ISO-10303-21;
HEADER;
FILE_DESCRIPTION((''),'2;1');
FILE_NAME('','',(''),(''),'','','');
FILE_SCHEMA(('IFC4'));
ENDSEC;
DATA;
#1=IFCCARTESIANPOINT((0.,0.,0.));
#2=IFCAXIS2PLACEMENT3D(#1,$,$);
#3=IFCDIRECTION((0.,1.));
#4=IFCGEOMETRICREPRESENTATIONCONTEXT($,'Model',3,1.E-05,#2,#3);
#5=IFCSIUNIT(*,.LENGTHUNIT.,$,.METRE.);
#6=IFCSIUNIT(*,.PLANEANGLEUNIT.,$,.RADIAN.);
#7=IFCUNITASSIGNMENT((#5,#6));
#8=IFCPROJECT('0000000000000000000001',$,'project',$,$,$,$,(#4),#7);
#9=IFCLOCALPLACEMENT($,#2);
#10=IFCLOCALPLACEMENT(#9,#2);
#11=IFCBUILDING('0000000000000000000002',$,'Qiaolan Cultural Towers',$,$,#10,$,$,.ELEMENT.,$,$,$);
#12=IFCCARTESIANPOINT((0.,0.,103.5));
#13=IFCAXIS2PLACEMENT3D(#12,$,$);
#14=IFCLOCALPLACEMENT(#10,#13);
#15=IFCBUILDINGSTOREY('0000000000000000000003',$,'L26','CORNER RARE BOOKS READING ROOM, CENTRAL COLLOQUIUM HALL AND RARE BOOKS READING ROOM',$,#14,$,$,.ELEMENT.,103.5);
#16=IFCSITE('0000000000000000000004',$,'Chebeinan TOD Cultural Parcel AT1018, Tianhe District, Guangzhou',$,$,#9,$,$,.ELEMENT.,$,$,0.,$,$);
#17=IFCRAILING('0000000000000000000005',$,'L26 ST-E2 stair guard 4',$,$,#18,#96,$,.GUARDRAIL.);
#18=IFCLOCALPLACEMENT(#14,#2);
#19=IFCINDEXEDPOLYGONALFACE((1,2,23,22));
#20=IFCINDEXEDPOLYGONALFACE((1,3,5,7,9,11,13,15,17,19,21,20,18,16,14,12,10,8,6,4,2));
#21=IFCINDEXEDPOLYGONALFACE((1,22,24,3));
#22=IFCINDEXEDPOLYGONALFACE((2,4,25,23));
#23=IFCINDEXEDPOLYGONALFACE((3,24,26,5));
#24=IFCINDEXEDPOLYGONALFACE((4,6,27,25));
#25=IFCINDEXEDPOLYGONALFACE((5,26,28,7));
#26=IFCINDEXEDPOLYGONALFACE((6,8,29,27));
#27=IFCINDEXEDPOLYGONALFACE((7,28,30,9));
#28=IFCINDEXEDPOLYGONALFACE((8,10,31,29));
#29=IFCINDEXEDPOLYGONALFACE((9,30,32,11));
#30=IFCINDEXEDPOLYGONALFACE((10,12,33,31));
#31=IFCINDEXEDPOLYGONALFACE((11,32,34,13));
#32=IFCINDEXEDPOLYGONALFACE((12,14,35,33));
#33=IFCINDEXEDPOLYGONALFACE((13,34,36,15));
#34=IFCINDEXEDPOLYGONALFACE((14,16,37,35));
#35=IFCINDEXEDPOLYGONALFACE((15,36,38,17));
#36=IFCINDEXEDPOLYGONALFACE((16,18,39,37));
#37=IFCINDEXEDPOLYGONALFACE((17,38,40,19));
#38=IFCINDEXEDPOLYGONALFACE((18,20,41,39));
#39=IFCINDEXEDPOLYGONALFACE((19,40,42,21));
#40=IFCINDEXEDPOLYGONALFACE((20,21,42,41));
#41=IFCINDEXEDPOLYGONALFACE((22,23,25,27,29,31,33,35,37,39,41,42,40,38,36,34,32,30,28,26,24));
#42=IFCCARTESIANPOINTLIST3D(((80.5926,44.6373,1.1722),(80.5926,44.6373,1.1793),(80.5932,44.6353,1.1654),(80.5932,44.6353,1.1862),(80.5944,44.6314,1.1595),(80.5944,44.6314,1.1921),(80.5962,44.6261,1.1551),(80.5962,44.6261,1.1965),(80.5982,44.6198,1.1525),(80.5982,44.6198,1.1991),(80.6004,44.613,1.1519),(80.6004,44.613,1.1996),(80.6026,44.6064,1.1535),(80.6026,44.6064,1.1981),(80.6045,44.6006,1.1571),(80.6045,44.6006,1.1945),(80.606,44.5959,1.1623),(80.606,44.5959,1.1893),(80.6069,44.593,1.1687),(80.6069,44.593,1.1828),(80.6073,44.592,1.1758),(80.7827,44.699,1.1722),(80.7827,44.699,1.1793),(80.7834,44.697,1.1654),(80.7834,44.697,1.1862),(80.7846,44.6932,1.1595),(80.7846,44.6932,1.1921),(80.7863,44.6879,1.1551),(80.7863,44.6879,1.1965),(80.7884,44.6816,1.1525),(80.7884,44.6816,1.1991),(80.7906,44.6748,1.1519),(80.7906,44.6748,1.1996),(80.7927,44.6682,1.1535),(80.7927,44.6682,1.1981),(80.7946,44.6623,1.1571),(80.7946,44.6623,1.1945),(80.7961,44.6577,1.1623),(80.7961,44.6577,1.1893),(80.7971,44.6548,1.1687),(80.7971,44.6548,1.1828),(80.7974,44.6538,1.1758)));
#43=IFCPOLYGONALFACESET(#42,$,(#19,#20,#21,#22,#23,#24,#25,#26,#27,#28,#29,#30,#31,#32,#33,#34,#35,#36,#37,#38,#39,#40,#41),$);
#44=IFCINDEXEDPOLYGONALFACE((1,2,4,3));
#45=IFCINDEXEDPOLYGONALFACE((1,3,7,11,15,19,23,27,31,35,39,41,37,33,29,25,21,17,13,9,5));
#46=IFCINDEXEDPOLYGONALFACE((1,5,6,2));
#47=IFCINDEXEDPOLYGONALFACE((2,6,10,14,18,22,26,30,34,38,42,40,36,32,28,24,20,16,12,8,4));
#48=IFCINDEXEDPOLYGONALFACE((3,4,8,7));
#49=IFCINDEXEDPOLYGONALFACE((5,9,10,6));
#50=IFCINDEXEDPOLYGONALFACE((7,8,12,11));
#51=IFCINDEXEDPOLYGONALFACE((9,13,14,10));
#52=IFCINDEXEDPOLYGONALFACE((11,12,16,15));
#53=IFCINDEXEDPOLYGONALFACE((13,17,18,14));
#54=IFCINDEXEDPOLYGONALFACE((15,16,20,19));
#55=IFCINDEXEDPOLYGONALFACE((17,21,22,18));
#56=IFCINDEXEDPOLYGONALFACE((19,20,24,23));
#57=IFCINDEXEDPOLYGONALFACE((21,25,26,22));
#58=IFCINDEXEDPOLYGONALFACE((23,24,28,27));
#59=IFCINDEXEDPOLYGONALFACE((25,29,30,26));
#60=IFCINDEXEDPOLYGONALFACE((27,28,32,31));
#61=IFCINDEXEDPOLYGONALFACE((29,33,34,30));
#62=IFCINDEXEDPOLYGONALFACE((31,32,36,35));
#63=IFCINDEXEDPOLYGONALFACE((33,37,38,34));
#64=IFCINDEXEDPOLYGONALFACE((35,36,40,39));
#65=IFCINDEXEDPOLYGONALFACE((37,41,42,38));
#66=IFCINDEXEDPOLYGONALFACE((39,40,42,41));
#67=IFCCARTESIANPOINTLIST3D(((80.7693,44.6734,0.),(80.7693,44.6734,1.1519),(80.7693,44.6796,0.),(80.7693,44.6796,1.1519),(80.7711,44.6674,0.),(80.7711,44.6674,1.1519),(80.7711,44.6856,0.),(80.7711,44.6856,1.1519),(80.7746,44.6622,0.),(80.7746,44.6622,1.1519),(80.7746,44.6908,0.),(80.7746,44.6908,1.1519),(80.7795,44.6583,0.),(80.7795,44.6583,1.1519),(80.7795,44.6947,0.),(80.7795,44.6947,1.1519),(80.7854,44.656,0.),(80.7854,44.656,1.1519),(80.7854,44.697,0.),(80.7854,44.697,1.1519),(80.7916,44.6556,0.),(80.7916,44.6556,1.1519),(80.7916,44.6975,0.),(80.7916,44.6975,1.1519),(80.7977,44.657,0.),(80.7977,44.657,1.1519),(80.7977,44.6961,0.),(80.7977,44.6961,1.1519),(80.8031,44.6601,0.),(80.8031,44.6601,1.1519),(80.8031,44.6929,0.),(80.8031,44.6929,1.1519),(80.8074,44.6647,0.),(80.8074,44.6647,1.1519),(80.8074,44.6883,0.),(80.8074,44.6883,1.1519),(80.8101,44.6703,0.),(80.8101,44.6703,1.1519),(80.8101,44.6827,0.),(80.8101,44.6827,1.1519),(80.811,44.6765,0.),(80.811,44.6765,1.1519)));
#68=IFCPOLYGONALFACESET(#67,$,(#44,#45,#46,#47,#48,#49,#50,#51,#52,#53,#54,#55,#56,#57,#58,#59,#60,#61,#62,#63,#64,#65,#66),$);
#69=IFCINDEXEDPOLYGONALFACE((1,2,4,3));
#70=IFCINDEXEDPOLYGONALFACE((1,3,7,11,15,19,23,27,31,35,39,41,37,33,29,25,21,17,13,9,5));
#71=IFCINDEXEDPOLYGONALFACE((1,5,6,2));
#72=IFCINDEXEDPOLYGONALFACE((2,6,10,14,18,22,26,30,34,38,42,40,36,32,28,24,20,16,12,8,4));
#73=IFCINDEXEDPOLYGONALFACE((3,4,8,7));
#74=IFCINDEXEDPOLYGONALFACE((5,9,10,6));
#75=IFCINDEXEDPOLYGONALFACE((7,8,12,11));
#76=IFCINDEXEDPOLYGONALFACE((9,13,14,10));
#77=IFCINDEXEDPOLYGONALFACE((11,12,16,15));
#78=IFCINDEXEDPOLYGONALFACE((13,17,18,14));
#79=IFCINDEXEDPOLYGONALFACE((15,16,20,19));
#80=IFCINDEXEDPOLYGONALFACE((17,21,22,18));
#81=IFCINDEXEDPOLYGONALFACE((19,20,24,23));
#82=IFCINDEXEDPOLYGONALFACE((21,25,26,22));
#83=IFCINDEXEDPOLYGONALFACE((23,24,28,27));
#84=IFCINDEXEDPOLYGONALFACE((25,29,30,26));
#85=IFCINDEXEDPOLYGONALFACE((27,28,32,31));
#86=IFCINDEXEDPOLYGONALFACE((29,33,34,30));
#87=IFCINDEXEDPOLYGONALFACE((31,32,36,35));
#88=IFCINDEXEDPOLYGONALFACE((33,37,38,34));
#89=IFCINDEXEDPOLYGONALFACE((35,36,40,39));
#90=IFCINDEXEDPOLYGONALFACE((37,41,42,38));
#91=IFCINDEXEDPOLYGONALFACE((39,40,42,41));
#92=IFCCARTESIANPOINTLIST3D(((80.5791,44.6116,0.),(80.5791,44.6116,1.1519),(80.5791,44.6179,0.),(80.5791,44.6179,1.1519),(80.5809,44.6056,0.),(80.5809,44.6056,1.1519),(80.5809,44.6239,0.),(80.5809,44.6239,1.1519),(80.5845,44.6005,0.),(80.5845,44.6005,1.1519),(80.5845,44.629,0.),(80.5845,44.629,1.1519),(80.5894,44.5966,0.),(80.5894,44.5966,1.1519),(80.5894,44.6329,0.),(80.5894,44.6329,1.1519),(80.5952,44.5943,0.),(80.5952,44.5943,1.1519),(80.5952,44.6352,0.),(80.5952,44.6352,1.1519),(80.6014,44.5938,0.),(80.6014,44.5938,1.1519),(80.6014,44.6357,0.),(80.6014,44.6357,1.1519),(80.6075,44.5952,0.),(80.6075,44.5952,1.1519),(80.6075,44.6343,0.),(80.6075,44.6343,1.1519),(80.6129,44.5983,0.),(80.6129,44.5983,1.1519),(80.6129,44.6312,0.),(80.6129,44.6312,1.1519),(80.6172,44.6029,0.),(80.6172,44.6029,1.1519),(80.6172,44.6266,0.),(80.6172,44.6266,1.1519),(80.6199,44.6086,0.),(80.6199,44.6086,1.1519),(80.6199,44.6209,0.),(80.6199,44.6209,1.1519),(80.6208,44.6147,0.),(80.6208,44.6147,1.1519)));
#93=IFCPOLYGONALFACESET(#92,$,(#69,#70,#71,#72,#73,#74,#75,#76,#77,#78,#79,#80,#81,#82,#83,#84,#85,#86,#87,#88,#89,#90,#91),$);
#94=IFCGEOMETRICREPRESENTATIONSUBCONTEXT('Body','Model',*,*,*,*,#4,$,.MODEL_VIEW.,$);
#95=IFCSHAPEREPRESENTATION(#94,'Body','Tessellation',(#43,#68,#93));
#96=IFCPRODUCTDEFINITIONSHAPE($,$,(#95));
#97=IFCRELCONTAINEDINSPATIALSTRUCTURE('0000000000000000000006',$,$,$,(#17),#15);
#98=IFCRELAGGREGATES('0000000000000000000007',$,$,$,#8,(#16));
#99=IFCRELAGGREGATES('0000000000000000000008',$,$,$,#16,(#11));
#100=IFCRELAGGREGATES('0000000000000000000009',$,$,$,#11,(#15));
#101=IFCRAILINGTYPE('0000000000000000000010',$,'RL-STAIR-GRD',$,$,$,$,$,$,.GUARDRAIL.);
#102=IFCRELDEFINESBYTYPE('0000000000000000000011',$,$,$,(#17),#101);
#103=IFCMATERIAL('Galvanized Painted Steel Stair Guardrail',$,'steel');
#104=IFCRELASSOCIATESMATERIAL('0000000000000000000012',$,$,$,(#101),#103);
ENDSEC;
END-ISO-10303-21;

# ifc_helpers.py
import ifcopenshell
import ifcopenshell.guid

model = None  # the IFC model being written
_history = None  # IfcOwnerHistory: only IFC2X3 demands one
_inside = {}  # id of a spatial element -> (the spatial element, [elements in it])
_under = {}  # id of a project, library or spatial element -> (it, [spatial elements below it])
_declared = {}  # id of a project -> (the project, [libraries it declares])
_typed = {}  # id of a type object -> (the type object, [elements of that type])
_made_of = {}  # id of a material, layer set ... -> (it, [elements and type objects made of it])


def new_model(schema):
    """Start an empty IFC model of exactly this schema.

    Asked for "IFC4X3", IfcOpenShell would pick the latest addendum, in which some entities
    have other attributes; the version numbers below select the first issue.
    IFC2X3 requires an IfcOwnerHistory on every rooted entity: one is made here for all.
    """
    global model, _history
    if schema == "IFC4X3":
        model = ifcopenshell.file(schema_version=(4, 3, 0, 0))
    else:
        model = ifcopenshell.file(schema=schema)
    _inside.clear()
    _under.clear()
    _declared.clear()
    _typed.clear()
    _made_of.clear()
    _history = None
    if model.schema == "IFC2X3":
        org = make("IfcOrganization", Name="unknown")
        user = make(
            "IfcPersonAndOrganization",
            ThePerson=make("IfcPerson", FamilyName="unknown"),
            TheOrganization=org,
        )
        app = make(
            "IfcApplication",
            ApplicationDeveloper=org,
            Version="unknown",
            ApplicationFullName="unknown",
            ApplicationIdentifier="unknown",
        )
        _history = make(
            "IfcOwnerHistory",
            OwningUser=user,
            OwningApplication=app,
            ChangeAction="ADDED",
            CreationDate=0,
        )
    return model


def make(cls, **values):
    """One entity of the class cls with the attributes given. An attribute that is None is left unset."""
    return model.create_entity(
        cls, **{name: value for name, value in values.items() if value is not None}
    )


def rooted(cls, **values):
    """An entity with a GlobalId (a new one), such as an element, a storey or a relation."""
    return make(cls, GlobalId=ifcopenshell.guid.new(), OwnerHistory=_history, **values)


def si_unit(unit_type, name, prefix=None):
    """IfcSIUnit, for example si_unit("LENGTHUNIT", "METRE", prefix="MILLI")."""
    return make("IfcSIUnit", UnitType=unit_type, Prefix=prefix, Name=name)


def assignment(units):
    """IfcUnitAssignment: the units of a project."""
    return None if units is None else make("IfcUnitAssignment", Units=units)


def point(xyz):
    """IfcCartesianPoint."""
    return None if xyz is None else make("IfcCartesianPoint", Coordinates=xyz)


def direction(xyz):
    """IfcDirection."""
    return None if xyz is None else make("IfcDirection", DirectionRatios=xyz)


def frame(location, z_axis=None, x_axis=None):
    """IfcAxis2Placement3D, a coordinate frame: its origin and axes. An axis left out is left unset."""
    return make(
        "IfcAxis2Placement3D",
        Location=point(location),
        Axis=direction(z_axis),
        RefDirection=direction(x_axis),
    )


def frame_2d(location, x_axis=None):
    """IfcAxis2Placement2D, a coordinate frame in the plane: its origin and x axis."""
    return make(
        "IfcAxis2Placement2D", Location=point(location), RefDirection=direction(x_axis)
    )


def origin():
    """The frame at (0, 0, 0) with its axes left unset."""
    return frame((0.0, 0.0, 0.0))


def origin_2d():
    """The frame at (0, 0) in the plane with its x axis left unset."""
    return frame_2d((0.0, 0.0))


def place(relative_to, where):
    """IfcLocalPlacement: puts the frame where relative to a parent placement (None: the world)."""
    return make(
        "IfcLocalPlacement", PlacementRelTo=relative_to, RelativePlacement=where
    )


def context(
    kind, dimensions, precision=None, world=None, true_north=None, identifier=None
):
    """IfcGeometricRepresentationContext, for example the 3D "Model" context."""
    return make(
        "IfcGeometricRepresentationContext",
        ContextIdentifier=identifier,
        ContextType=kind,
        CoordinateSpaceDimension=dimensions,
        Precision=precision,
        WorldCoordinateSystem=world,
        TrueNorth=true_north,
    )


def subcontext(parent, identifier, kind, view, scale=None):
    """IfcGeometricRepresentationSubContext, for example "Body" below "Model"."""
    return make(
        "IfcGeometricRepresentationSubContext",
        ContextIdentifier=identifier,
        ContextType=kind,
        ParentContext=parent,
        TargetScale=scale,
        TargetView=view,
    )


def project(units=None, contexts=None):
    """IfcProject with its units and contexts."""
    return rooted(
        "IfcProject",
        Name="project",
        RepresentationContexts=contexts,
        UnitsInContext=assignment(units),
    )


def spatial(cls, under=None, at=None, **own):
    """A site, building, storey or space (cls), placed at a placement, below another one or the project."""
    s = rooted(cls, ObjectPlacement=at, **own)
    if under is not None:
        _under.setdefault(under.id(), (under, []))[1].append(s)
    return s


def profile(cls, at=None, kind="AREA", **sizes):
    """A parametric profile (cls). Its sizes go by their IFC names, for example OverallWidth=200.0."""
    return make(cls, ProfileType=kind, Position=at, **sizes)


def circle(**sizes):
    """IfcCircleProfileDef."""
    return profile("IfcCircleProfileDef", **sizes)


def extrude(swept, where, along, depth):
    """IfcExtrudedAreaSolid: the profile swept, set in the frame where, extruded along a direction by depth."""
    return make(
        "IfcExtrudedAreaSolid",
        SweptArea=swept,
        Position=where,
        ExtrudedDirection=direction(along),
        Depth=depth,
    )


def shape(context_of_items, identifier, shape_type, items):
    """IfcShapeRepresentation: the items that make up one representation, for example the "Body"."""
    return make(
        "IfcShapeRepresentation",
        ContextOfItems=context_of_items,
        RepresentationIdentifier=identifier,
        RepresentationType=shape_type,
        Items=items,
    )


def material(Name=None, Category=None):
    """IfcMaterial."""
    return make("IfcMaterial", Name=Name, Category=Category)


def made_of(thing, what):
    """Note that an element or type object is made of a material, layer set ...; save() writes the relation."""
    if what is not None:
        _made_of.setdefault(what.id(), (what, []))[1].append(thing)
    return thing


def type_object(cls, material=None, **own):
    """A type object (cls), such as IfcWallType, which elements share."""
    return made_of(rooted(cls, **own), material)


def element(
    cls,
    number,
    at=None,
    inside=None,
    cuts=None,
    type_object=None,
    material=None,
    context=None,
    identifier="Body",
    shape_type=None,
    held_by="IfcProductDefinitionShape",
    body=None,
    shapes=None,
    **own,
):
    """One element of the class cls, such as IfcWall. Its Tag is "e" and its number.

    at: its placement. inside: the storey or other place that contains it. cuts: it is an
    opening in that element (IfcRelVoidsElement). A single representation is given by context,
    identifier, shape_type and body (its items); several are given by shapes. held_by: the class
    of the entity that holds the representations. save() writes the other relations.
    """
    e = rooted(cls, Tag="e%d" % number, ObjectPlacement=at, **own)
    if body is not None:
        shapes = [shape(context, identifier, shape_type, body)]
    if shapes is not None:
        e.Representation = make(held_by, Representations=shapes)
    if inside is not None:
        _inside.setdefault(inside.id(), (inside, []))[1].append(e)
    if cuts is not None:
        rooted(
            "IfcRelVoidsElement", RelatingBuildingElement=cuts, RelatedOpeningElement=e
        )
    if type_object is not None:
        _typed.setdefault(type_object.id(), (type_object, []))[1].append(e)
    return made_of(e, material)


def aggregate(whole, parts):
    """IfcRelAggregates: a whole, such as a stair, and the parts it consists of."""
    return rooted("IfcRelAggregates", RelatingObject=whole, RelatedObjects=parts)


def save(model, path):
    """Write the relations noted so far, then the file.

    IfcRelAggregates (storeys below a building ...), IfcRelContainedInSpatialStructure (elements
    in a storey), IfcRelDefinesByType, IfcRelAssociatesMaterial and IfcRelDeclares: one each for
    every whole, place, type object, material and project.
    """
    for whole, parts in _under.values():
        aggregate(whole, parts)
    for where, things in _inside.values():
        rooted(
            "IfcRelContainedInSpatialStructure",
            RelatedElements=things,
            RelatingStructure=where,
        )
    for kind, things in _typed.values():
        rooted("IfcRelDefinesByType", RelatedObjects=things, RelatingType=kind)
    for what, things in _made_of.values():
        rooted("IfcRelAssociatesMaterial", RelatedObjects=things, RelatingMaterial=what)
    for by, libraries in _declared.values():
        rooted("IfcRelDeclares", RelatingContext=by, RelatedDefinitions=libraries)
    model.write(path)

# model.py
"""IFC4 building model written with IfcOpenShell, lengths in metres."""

from ifc_helpers import new_model, si_unit, direction, frame, origin, origin_2d, place, context, subcontext, project, spatial, circle, extrude, material, type_object, element, save


model = new_model("IFC4")

# Units and contexts
model_context = context("Model", 3, precision=1e-05, world=origin(), true_north=direction((0.0, 1.0)))
body_context = subcontext(model_context, "Body", "Model", "MODEL_VIEW")
ifc_project = project(units=[si_unit("LENGTHUNIT", "METRE"), si_unit("PLANEANGLEUNIT", "RADIAN")], contexts=[model_context])

# Site, building, storey
site_placement = place(None, origin())
site = spatial("IfcSite", under=ifc_project, at=site_placement, Name="Chebeinan TOD Cultural Parcel AT1018, Tianhe District, Guangzhou", CompositionType="ELEMENT", RefElevation=0.0)
building_placement = place(site_placement, origin())
building = spatial("IfcBuilding", under=site, at=building_placement, Name="Qiaolan Cultural Towers", CompositionType="ELEMENT")
storey_placement = place(building_placement, frame((0.0, 0.0, 103.5)))
storey = spatial("IfcBuildingStorey", under=building, at=storey_placement, Name="L26", Description="CORNER RARE BOOKS READING ROOM, CENTRAL COLLOQUIUM HALL AND RARE BOOKS READING ROOM", CompositionType="ELEMENT", Elevation=103.5)

# Railing
ifc_material_1 = material(Name="Galvanized Painted Steel Stair Guardrail", Category="steel")
railing_type_1 = type_object("IfcRailingType", Name="RL-STAIR-GRD", PredefinedType="GUARDRAIL", material=ifc_material_1)
railing_1_placement = place(storey_placement, frame((80.79, 44.6765, 0.0)))
element("IfcRailing", 1, at=railing_1_placement, inside=storey, type_object=railing_type_1, Name="L26 ST-E2 stair guard 4", PredefinedType="GUARDRAIL", context=body_context, shape_type="SweptSolid", body=[
    extrude(circle(Radius=0.0239, at=origin_2d()), frame((0.0, 0.0, 1.1758), z_axis=(-0.951097, -0.308893, 0.0), x_axis=(0.308893, -0.951097, 0.0)), (0.0, 0.0, 1.0), 0.2),
    extrude(circle(Radius=0.021, at=origin_2d()), origin(), (0.0, 0.0, 1.0), 1.1519),
    extrude(circle(Radius=0.021, at=origin_2d()), frame((-0.1902, -0.0618, 0.0)), (0.0, 0.0, 1.0), 1.1519),
])

save(model, "model.ifc")
